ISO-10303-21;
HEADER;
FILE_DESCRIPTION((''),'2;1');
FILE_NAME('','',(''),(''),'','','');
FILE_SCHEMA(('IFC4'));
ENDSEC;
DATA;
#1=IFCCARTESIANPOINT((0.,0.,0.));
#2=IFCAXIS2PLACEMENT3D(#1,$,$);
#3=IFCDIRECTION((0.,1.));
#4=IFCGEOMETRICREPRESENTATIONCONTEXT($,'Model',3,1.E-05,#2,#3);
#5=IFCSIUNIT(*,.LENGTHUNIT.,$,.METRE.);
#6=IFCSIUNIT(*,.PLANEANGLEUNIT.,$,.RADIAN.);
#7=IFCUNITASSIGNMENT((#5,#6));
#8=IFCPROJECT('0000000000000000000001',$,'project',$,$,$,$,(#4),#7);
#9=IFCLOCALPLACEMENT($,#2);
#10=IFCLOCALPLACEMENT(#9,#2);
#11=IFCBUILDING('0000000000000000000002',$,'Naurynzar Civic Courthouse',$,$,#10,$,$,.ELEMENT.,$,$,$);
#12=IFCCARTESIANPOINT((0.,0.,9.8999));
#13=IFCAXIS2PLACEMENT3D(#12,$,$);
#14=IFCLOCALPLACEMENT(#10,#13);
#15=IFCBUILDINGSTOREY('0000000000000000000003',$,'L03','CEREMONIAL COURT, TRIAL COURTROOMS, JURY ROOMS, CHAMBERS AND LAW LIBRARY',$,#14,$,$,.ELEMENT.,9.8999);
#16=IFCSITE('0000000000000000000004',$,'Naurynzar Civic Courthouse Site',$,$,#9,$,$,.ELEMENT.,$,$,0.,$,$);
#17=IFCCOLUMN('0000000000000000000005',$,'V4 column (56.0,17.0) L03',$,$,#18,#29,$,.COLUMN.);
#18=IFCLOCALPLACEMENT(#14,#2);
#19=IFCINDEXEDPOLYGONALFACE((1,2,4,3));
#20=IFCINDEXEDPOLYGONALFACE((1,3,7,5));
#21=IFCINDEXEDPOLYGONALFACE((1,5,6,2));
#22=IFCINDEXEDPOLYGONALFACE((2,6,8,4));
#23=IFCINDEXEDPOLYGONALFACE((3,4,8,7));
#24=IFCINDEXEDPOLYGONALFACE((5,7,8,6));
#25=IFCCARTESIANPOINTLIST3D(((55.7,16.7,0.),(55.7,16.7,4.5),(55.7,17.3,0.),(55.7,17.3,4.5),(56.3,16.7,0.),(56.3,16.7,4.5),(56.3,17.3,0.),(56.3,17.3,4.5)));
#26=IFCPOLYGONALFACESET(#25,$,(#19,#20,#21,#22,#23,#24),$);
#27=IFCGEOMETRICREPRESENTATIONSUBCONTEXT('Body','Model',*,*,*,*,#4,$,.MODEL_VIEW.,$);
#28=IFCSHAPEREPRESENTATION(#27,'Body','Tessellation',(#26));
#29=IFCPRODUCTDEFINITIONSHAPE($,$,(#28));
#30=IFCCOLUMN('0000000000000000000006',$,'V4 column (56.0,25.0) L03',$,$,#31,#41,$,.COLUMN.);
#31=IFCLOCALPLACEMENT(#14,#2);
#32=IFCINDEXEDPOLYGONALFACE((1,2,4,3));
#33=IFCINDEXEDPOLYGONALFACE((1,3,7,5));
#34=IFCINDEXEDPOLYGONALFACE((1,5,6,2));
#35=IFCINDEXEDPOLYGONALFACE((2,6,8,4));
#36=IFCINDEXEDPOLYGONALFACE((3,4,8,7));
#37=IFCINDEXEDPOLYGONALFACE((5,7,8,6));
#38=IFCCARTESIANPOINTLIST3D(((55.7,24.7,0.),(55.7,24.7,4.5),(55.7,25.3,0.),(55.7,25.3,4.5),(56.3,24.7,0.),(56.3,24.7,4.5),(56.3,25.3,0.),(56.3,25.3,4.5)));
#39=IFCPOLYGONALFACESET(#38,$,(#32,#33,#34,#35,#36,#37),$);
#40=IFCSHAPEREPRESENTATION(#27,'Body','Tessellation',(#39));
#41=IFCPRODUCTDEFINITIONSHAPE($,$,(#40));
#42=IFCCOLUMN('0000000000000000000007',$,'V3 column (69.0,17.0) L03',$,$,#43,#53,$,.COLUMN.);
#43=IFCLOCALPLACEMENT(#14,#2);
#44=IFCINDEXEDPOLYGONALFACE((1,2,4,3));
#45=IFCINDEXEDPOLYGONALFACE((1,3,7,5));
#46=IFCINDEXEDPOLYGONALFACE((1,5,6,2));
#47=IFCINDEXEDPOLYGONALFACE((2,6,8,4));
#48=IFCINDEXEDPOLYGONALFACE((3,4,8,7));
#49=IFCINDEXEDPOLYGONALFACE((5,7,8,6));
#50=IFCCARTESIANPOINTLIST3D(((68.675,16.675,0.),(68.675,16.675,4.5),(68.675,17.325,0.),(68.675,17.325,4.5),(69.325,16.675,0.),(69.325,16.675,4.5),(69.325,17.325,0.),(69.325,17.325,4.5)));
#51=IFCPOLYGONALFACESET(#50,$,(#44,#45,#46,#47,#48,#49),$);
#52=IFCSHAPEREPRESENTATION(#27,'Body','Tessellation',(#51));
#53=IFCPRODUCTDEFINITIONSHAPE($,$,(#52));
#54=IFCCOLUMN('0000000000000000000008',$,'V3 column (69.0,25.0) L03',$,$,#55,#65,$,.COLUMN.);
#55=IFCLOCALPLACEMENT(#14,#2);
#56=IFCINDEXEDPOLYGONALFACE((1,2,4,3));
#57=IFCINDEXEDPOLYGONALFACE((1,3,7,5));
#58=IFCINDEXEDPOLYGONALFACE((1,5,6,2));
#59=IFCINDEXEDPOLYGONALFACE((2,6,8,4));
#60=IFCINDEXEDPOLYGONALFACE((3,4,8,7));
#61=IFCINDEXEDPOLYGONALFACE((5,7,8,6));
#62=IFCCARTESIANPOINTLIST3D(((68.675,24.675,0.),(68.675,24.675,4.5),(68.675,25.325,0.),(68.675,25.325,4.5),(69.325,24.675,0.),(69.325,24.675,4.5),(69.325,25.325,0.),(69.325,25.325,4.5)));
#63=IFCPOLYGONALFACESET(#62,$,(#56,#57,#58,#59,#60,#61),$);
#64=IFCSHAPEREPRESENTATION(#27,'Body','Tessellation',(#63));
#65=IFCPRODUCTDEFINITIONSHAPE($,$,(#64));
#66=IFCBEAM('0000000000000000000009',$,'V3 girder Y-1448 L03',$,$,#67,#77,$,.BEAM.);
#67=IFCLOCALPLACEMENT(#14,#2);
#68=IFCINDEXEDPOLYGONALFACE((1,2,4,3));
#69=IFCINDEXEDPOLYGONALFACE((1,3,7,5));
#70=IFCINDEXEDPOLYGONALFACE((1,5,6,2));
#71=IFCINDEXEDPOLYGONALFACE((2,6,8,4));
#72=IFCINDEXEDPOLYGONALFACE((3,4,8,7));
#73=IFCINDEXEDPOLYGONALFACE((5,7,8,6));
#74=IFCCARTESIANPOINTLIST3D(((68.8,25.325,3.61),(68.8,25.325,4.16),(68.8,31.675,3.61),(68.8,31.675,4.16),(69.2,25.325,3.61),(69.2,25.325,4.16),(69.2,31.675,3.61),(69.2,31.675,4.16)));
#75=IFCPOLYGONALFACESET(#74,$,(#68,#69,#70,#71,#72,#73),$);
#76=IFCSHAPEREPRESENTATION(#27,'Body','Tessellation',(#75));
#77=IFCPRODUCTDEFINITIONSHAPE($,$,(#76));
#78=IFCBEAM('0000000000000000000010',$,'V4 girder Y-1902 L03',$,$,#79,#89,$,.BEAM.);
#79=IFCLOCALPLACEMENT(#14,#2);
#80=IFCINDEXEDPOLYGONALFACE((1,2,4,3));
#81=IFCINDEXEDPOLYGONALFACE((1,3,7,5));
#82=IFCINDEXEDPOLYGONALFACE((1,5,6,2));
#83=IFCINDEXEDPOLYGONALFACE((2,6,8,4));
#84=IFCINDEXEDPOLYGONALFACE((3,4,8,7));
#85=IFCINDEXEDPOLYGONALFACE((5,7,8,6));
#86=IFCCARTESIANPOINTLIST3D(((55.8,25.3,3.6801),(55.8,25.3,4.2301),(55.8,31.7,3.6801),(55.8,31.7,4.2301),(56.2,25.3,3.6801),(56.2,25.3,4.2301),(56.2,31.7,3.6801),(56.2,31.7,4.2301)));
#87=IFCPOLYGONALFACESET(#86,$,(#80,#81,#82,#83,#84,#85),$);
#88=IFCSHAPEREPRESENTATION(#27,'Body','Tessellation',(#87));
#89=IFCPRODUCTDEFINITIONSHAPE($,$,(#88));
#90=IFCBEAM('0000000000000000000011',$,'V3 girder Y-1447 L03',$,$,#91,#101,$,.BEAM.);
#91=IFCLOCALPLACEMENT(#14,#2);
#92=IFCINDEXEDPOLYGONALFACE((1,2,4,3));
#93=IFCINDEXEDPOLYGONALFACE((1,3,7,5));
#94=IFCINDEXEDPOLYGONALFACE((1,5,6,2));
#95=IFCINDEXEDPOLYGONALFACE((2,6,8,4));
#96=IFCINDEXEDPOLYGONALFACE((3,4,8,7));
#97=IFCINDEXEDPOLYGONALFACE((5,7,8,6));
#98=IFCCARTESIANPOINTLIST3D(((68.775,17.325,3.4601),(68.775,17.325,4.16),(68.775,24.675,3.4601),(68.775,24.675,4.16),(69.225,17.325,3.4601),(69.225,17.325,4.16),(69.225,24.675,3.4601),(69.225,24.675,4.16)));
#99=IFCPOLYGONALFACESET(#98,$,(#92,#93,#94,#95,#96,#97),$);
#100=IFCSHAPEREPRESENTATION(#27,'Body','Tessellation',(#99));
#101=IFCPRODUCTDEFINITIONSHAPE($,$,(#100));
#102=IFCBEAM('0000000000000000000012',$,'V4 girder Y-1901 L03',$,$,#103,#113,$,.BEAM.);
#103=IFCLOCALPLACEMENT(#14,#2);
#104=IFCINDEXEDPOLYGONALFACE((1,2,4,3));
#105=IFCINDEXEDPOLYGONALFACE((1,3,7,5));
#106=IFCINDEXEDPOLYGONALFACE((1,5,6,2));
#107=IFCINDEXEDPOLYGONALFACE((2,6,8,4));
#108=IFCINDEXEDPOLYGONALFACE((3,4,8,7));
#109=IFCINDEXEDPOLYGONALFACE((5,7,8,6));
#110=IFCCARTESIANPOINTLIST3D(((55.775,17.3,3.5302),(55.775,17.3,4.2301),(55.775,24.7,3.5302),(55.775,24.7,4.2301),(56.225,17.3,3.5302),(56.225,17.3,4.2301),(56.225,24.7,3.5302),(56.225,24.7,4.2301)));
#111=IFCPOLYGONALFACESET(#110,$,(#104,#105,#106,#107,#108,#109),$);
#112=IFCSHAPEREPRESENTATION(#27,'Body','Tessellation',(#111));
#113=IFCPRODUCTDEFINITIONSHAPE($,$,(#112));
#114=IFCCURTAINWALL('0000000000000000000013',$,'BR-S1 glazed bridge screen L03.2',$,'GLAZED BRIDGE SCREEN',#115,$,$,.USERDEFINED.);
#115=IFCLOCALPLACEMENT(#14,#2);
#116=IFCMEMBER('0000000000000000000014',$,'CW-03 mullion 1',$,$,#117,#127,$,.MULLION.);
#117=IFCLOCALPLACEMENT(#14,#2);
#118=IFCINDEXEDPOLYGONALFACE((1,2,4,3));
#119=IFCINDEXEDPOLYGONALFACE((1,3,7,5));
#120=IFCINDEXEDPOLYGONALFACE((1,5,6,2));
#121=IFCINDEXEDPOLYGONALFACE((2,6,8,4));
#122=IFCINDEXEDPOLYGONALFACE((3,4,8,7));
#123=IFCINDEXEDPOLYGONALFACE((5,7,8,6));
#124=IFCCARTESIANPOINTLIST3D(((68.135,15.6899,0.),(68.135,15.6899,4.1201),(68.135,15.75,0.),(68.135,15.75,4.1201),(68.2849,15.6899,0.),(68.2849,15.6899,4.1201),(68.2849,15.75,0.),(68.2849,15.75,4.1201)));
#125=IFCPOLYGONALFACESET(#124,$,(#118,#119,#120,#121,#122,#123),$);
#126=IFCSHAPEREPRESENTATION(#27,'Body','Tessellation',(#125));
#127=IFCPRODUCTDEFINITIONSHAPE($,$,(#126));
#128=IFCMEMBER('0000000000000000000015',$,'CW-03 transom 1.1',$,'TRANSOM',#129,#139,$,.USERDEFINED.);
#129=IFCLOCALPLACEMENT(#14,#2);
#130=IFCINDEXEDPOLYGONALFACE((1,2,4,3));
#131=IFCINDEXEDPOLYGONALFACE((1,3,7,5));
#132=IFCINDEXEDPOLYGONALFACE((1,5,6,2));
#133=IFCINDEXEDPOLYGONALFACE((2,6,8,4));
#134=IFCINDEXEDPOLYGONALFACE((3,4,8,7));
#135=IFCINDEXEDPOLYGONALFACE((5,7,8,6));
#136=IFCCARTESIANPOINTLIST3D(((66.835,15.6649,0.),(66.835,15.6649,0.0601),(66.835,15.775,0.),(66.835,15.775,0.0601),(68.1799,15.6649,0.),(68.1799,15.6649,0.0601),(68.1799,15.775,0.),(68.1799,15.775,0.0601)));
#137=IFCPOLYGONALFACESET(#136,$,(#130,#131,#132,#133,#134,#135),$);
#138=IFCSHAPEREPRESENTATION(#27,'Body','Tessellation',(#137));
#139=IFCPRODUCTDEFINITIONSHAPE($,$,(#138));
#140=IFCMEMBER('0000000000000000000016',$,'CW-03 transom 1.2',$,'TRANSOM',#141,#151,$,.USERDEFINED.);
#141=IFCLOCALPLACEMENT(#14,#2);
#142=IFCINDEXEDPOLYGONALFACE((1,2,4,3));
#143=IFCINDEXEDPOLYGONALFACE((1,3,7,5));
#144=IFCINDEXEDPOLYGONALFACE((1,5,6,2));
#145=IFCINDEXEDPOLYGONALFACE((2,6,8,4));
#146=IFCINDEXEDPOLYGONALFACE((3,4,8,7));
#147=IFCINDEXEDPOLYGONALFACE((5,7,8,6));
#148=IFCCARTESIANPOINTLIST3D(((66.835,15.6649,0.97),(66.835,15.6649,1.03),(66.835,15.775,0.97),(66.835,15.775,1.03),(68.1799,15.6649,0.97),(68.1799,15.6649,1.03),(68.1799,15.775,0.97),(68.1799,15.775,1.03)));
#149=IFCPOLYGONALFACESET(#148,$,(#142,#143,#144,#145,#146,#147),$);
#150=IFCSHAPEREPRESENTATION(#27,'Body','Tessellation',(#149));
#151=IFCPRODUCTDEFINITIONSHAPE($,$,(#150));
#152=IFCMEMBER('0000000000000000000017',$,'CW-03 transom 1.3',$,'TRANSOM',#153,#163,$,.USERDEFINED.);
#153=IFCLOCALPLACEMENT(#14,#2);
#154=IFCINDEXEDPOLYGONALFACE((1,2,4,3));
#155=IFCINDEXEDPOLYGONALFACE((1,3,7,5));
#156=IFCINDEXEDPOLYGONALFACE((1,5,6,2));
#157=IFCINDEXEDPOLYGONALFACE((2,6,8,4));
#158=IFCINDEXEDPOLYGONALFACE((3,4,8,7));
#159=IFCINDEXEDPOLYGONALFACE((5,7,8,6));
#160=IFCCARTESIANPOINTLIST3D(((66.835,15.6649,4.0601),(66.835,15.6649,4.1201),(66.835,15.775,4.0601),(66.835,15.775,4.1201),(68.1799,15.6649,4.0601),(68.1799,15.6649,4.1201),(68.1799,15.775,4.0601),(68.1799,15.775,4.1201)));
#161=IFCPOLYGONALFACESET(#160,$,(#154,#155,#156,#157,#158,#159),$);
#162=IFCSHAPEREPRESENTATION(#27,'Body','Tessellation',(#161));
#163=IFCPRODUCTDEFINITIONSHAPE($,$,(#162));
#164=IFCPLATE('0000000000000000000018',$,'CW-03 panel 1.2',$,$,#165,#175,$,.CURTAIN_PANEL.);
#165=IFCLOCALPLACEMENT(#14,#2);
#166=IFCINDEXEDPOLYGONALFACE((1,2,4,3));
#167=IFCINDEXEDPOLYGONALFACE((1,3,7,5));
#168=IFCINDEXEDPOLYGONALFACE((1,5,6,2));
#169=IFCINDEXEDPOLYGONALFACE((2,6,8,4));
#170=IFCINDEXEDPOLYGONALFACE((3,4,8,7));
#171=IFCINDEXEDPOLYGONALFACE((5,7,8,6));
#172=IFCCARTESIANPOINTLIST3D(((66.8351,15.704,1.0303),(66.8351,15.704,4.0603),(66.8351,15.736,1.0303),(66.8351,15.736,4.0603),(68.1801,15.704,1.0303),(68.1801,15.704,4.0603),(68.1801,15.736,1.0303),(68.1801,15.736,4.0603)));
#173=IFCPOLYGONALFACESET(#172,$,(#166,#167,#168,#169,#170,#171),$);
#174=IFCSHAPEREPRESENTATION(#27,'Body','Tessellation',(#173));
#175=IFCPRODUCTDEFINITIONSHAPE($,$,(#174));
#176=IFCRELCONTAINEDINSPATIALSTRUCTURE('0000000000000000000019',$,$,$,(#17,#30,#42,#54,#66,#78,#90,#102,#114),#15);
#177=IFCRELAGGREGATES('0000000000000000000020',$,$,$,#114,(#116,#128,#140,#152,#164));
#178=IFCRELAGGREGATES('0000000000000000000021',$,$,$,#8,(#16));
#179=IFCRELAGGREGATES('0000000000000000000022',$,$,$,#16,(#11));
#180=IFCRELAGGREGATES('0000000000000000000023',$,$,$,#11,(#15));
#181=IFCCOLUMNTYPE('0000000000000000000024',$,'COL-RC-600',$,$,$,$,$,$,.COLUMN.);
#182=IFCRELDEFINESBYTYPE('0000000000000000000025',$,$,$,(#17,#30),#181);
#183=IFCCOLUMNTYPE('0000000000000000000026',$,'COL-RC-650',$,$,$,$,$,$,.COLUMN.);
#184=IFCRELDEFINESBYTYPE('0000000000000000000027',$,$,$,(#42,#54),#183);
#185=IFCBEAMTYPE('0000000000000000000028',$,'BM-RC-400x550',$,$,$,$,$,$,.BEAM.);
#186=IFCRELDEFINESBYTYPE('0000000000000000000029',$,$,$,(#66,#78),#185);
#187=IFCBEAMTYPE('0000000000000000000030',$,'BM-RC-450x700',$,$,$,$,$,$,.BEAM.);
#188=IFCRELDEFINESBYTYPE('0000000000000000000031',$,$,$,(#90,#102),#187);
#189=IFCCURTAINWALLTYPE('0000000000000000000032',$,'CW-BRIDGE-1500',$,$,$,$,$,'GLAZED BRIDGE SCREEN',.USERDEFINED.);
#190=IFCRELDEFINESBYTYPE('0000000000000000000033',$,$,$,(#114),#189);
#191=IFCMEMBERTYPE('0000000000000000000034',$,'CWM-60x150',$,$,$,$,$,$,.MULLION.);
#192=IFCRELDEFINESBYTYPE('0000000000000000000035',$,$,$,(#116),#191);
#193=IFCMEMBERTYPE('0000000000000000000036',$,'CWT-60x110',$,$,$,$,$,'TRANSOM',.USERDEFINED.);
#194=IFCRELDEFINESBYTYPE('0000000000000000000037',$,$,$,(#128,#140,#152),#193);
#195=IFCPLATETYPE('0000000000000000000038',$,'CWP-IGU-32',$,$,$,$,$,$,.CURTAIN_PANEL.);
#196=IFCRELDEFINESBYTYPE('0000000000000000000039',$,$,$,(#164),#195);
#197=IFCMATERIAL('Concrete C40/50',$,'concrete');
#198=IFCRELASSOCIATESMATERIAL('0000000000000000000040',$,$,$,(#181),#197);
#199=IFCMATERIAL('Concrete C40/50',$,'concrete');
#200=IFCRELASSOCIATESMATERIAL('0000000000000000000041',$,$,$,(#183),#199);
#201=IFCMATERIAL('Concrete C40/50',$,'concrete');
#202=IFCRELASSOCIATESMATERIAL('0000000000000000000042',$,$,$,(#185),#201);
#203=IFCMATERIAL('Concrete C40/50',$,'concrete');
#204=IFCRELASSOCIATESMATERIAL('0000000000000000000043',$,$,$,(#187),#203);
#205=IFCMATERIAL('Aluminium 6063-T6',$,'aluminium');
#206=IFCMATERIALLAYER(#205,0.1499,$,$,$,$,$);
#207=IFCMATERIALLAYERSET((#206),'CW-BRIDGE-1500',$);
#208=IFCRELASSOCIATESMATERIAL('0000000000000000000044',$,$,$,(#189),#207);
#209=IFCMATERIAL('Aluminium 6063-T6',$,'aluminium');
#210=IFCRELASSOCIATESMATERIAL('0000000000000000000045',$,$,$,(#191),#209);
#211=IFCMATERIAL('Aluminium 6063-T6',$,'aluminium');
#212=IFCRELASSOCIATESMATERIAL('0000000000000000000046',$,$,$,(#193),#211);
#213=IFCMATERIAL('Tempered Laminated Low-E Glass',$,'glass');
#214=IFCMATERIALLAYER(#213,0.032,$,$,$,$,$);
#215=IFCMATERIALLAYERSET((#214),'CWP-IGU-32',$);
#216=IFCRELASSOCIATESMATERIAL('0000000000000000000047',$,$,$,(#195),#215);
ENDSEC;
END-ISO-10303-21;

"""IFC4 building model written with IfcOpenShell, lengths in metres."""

from ifc_helpers import new_model, si_unit, direction, frame, origin, origin_2d, place, context, subcontext, project, spatial, rectangle, extrude, material, layer, layer_set, material_profile, profile_set, type_object, element, aggregate, save


model = new_model("IFC4")

# Units and contexts
model_context = context("Model", 3, precision=1e-05, world=origin(), true_north=direction((0.0, 1.0)))
body_context = subcontext(model_context, "Body", "Model", "MODEL_VIEW")
ifc_project = project(units=[si_unit("LENGTHUNIT", "METRE"), si_unit("PLANEANGLEUNIT", "RADIAN")], contexts=[model_context])

# Site, building, storey
site_placement = place(None, origin())
site = spatial("IfcSite", under=ifc_project, at=site_placement, Name="Naurynzar Civic Courthouse Site", CompositionType="ELEMENT", RefElevation=0.0)
building_placement = place(site_placement, origin())
building = spatial("IfcBuilding", under=site, at=building_placement, Name="Naurynzar Civic Courthouse", CompositionType="ELEMENT")
storey_placement = place(building_placement, frame((0.0, 0.0, 9.8999)))
storey = spatial("IfcBuildingStorey", under=building, at=storey_placement, Name="L03", Description="CEREMONIAL COURT, TRIAL COURTROOMS, JURY ROOMS, CHAMBERS AND LAW LIBRARY", CompositionType="ELEMENT", Elevation=9.8999)

# Columns
ifc_material_1 = material(Name="Concrete C40/50", Category="concrete")
ifc_material_profile_1 = material_profile(ifc_material_1, rectangle(XDim=0.6001, YDim=0.6001, at=origin_2d()), Name="RC 600x600")
ifc_profile_set_1 = profile_set([ifc_material_profile_1], Name="Concrete C40/50")
column_type_1 = type_object("IfcColumnType", Name="COL-RC-600", PredefinedType="COLUMN", material=ifc_profile_set_1)
for number, where, z_axis, x_axis, name in (
    (1, (56.0, 17.0, 0.0), (0.0, 0.0, 1.0), (1.0, 0.0, 0.0), "V4 column (56.0,17.0) L03"),
    (2, (56.0, 25.0, 0.0), (0.0, 0.0, 1.0), (1.0, 0.0, 0.0), "V4 column (56.0,25.0) L03"),
):
    element("IfcColumn", number, at=place(storey_placement, frame(where, z_axis=z_axis, x_axis=x_axis)), inside=storey, type_object=column_type_1, Name=name, PredefinedType="COLUMN", context=body_context, shape_type="SweptSolid", body=[
        extrude(rectangle(XDim=0.6001, YDim=0.6001, at=origin_2d()), origin(), (0.0, 0.0, 1.0), 4.5),
    ])
ifc_material_2 = material(Name="Concrete C40/50", Category="concrete")
ifc_material_profile_2 = material_profile(ifc_material_2, rectangle(XDim=0.6499, YDim=0.6499, at=origin_2d()), Name="RC 650x650")
ifc_profile_set_2 = profile_set([ifc_material_profile_2], Name="Concrete C40/50")
column_type_2 = type_object("IfcColumnType", Name="COL-RC-650", PredefinedType="COLUMN", material=ifc_profile_set_2)
for number, where, z_axis, x_axis, name in (
    (3, (69.0, 17.0, 0.0), (0.0, 0.0, 1.0), (1.0, 0.0, 0.0), "V3 column (69.0,17.0) L03"),
    (4, (69.0, 25.0, 0.0), (0.0, 0.0, 1.0), (1.0, 0.0, 0.0), "V3 column (69.0,25.0) L03"),
):
    element("IfcColumn", number, at=place(storey_placement, frame(where, z_axis=z_axis, x_axis=x_axis)), inside=storey, type_object=column_type_2, Name=name, PredefinedType="COLUMN", context=body_context, shape_type="SweptSolid", body=[
        extrude(rectangle(XDim=0.6499, YDim=0.6499, at=origin_2d()), origin(), (0.0, 0.0, 1.0), 4.5),
    ])

# Beams
ifc_material_3 = material(Name="Concrete C40/50", Category="concrete")
ifc_material_profile_3 = material_profile(ifc_material_3, rectangle(XDim=0.3999, YDim=0.55, at=origin_2d()), Name="RCB 400x550")
ifc_profile_set_3 = profile_set([ifc_material_profile_3], Name="Concrete C40/50")
beam_type_1 = type_object("IfcBeamType", Name="BM-RC-400x550", PredefinedType="BEAM", material=ifc_profile_set_3)
beam_1_placement = place(storey_placement, frame((69.0, 25.325, 3.885), z_axis=(0.0, 1.0, 0.0), x_axis=(-1.0, 0.0, 0.0)))
element("IfcBeam", 5, at=beam_1_placement, inside=storey, type_object=beam_type_1, Name="V3 girder Y-1448 L03", PredefinedType="BEAM", context=body_context, shape_type="SweptSolid", body=[
    extrude(rectangle(XDim=0.3999, YDim=0.55, at=origin_2d()), origin(), (0.0, 0.0, 1.0), 6.3501),
])
beam_2_placement = place(storey_placement, frame((56.0, 25.3, 3.9551), z_axis=(0.0, 1.0, 0.0), x_axis=(-1.0, 0.0, 0.0)))
element("IfcBeam", 6, at=beam_2_placement, inside=storey, type_object=beam_type_1, Name="V4 girder Y-1902 L03", PredefinedType="BEAM", context=body_context, shape_type="SweptSolid", body=[
    extrude(rectangle(XDim=0.3999, YDim=0.55, at=origin_2d()), origin(), (0.0, 0.0, 1.0), 6.3999),
])
ifc_material_4 = material(Name="Concrete C40/50", Category="concrete")
ifc_material_profile_4 = material_profile(ifc_material_4, rectangle(XDim=0.45, YDim=0.7, at=origin_2d()), Name="RCB 450x700")
ifc_profile_set_4 = profile_set([ifc_material_profile_4], Name="Concrete C40/50")
beam_type_2 = type_object("IfcBeamType", Name="BM-RC-450x700", PredefinedType="BEAM", material=ifc_profile_set_4)
beam_3_placement = place(storey_placement, frame((69.0, 17.325, 3.8101), z_axis=(0.0, 1.0, 0.0), x_axis=(-1.0, 0.0, 0.0)))
element("IfcBeam", 7, at=beam_3_placement, inside=storey, type_object=beam_type_2, Name="V3 girder Y-1447 L03", PredefinedType="BEAM", context=body_context, shape_type="SweptSolid", body=[
    extrude(rectangle(XDim=0.45, YDim=0.7, at=origin_2d()), origin(), (0.0, 0.0, 1.0), 7.3501),
])
beam_4_placement = place(storey_placement, frame((56.0, 17.3, 3.8801), z_axis=(0.0, 1.0, 0.0), x_axis=(-1.0, 0.0, 0.0)))
element("IfcBeam", 8, at=beam_4_placement, inside=storey, type_object=beam_type_2, Name="V4 girder Y-1901 L03", PredefinedType="BEAM", context=body_context, shape_type="SweptSolid", body=[
    extrude(rectangle(XDim=0.45, YDim=0.7, at=origin_2d()), origin(), (0.0, 0.0, 1.0), 7.3999),
])

# Curtain wall, members, plate
ifc_material_5 = material(Name="Aluminium 6063-T6", Category="aluminium")
ifc_layer_1 = layer(ifc_material_5, 0.1499)
ifc_layer_set_1 = layer_set([ifc_layer_1], Name="CW-BRIDGE-1500")
curtain_wall_type = type_object("IfcCurtainWallType", Name="CW-BRIDGE-1500", ElementType="GLAZED BRIDGE SCREEN", PredefinedType="USERDEFINED", material=ifc_layer_set_1)
curtain_wall_placement = place(storey_placement, origin())
curtain_wall = element("IfcCurtainWall", 9, at=curtain_wall_placement, inside=storey, type_object=curtain_wall_type, Name="BR-S1 glazed bridge screen L03.2", ObjectType="GLAZED BRIDGE SCREEN", PredefinedType="USERDEFINED")
ifc_material_6 = material(Name="Aluminium 6063-T6", Category="aluminium")
ifc_material_profile_5 = material_profile(ifc_material_6, rectangle(XDim=0.0601, YDim=0.1499, at=origin_2d()), Name="ALU MULLION 60x150")
ifc_profile_set_5 = profile_set([ifc_material_profile_5], Name="Aluminium 6063-T6")
member_type_1 = type_object("IfcMemberType", Name="CWM-60x150", PredefinedType="MULLION", material=ifc_profile_set_5)
member_1_placement = place(storey_placement, frame((68.21, 15.72, 0.0), z_axis=(0.0, 0.0, 1.0), x_axis=(0.0, -1.0, 0.0)))
member_1 = element("IfcMember", 10, at=member_1_placement, type_object=member_type_1, Name="CW-03 mullion 1", PredefinedType="MULLION", context=body_context, shape_type="SweptSolid", body=[
    extrude(rectangle(XDim=0.0601, YDim=0.1499, at=origin_2d()), origin(), (0.0, 0.0, 1.0), 4.1201),
])
ifc_material_7 = material(Name="Aluminium 6063-T6", Category="aluminium")
ifc_material_profile_6 = material_profile(ifc_material_7, rectangle(XDim=0.1101, YDim=0.0601, at=origin_2d()), Name="ALU TRANSOM 60x110")
ifc_profile_set_6 = profile_set([ifc_material_profile_6], Name="Aluminium 6063-T6")
member_type_2 = type_object("IfcMemberType", Name="CWT-60x110", ElementType="TRANSOM", PredefinedType="USERDEFINED", material=ifc_profile_set_6)
member_2_placement = place(storey_placement, frame((68.1799, 15.72, 0.03), z_axis=(-1.0, 0.0, 0.0), x_axis=(0.0, -1.0, 0.0)))
member_2 = element("IfcMember", 11, at=member_2_placement, type_object=member_type_2, Name="CW-03 transom 1.1", ObjectType="TRANSOM", PredefinedType="USERDEFINED", context=body_context, shape_type="SweptSolid", body=[
    extrude(rectangle(XDim=0.1101, YDim=0.0601, at=origin_2d()), origin(), (0.0, 0.0, 1.0), 1.345),
])
member_3_placement = place(storey_placement, frame((68.1799, 15.72, 1.0), z_axis=(-1.0, 0.0, 0.0), x_axis=(0.0, -1.0, 0.0)))
member_3 = element("IfcMember", 12, at=member_3_placement, type_object=member_type_2, Name="CW-03 transom 1.2", ObjectType="TRANSOM", PredefinedType="USERDEFINED", context=body_context, shape_type="SweptSolid", body=[
    extrude(rectangle(XDim=0.1101, YDim=0.0601, at=origin_2d()), origin(), (0.0, 0.0, 1.0), 1.345),
])
member_4_placement = place(storey_placement, frame((68.1799, 15.72, 4.0901), z_axis=(-1.0, 0.0, 0.0), x_axis=(0.0, -1.0, 0.0)))
member_4 = element("IfcMember", 13, at=member_4_placement, type_object=member_type_2, Name="CW-03 transom 1.3", ObjectType="TRANSOM", PredefinedType="USERDEFINED", context=body_context, shape_type="SweptSolid", body=[
    extrude(rectangle(XDim=0.1101, YDim=0.0601, at=origin_2d()), origin(), (0.0, 0.0, 1.0), 1.345),
])
ifc_material_8 = material(Name="Tempered Laminated Low-E Glass", Category="glass")
ifc_layer_2 = layer(ifc_material_8, 0.032)
ifc_layer_set_2 = layer_set([ifc_layer_2], Name="CWP-IGU-32")
plate_type = type_object("IfcPlateType", Name="CWP-IGU-32", PredefinedType="CURTAIN_PANEL", material=ifc_layer_set_2)
plate_placement = place(storey_placement, frame((67.5076, 15.72, 1.0303), z_axis=(0.0, 0.0, 1.0), x_axis=(-1.0, 0.0, 0.0)))
plate = element("IfcPlate", 14, at=plate_placement, type_object=plate_type, Name="CW-03 panel 1.2", PredefinedType="CURTAIN_PANEL", context=body_context, shape_type="SweptSolid", body=[
    extrude(rectangle(XDim=1.345, YDim=0.032, at=origin_2d()), origin(), (0.0, 0.0, 1.0), 3.03),
])
aggregate(curtain_wall, [member_1, member_2, member_3, member_4, plate])

save(model, "model.ifc")
